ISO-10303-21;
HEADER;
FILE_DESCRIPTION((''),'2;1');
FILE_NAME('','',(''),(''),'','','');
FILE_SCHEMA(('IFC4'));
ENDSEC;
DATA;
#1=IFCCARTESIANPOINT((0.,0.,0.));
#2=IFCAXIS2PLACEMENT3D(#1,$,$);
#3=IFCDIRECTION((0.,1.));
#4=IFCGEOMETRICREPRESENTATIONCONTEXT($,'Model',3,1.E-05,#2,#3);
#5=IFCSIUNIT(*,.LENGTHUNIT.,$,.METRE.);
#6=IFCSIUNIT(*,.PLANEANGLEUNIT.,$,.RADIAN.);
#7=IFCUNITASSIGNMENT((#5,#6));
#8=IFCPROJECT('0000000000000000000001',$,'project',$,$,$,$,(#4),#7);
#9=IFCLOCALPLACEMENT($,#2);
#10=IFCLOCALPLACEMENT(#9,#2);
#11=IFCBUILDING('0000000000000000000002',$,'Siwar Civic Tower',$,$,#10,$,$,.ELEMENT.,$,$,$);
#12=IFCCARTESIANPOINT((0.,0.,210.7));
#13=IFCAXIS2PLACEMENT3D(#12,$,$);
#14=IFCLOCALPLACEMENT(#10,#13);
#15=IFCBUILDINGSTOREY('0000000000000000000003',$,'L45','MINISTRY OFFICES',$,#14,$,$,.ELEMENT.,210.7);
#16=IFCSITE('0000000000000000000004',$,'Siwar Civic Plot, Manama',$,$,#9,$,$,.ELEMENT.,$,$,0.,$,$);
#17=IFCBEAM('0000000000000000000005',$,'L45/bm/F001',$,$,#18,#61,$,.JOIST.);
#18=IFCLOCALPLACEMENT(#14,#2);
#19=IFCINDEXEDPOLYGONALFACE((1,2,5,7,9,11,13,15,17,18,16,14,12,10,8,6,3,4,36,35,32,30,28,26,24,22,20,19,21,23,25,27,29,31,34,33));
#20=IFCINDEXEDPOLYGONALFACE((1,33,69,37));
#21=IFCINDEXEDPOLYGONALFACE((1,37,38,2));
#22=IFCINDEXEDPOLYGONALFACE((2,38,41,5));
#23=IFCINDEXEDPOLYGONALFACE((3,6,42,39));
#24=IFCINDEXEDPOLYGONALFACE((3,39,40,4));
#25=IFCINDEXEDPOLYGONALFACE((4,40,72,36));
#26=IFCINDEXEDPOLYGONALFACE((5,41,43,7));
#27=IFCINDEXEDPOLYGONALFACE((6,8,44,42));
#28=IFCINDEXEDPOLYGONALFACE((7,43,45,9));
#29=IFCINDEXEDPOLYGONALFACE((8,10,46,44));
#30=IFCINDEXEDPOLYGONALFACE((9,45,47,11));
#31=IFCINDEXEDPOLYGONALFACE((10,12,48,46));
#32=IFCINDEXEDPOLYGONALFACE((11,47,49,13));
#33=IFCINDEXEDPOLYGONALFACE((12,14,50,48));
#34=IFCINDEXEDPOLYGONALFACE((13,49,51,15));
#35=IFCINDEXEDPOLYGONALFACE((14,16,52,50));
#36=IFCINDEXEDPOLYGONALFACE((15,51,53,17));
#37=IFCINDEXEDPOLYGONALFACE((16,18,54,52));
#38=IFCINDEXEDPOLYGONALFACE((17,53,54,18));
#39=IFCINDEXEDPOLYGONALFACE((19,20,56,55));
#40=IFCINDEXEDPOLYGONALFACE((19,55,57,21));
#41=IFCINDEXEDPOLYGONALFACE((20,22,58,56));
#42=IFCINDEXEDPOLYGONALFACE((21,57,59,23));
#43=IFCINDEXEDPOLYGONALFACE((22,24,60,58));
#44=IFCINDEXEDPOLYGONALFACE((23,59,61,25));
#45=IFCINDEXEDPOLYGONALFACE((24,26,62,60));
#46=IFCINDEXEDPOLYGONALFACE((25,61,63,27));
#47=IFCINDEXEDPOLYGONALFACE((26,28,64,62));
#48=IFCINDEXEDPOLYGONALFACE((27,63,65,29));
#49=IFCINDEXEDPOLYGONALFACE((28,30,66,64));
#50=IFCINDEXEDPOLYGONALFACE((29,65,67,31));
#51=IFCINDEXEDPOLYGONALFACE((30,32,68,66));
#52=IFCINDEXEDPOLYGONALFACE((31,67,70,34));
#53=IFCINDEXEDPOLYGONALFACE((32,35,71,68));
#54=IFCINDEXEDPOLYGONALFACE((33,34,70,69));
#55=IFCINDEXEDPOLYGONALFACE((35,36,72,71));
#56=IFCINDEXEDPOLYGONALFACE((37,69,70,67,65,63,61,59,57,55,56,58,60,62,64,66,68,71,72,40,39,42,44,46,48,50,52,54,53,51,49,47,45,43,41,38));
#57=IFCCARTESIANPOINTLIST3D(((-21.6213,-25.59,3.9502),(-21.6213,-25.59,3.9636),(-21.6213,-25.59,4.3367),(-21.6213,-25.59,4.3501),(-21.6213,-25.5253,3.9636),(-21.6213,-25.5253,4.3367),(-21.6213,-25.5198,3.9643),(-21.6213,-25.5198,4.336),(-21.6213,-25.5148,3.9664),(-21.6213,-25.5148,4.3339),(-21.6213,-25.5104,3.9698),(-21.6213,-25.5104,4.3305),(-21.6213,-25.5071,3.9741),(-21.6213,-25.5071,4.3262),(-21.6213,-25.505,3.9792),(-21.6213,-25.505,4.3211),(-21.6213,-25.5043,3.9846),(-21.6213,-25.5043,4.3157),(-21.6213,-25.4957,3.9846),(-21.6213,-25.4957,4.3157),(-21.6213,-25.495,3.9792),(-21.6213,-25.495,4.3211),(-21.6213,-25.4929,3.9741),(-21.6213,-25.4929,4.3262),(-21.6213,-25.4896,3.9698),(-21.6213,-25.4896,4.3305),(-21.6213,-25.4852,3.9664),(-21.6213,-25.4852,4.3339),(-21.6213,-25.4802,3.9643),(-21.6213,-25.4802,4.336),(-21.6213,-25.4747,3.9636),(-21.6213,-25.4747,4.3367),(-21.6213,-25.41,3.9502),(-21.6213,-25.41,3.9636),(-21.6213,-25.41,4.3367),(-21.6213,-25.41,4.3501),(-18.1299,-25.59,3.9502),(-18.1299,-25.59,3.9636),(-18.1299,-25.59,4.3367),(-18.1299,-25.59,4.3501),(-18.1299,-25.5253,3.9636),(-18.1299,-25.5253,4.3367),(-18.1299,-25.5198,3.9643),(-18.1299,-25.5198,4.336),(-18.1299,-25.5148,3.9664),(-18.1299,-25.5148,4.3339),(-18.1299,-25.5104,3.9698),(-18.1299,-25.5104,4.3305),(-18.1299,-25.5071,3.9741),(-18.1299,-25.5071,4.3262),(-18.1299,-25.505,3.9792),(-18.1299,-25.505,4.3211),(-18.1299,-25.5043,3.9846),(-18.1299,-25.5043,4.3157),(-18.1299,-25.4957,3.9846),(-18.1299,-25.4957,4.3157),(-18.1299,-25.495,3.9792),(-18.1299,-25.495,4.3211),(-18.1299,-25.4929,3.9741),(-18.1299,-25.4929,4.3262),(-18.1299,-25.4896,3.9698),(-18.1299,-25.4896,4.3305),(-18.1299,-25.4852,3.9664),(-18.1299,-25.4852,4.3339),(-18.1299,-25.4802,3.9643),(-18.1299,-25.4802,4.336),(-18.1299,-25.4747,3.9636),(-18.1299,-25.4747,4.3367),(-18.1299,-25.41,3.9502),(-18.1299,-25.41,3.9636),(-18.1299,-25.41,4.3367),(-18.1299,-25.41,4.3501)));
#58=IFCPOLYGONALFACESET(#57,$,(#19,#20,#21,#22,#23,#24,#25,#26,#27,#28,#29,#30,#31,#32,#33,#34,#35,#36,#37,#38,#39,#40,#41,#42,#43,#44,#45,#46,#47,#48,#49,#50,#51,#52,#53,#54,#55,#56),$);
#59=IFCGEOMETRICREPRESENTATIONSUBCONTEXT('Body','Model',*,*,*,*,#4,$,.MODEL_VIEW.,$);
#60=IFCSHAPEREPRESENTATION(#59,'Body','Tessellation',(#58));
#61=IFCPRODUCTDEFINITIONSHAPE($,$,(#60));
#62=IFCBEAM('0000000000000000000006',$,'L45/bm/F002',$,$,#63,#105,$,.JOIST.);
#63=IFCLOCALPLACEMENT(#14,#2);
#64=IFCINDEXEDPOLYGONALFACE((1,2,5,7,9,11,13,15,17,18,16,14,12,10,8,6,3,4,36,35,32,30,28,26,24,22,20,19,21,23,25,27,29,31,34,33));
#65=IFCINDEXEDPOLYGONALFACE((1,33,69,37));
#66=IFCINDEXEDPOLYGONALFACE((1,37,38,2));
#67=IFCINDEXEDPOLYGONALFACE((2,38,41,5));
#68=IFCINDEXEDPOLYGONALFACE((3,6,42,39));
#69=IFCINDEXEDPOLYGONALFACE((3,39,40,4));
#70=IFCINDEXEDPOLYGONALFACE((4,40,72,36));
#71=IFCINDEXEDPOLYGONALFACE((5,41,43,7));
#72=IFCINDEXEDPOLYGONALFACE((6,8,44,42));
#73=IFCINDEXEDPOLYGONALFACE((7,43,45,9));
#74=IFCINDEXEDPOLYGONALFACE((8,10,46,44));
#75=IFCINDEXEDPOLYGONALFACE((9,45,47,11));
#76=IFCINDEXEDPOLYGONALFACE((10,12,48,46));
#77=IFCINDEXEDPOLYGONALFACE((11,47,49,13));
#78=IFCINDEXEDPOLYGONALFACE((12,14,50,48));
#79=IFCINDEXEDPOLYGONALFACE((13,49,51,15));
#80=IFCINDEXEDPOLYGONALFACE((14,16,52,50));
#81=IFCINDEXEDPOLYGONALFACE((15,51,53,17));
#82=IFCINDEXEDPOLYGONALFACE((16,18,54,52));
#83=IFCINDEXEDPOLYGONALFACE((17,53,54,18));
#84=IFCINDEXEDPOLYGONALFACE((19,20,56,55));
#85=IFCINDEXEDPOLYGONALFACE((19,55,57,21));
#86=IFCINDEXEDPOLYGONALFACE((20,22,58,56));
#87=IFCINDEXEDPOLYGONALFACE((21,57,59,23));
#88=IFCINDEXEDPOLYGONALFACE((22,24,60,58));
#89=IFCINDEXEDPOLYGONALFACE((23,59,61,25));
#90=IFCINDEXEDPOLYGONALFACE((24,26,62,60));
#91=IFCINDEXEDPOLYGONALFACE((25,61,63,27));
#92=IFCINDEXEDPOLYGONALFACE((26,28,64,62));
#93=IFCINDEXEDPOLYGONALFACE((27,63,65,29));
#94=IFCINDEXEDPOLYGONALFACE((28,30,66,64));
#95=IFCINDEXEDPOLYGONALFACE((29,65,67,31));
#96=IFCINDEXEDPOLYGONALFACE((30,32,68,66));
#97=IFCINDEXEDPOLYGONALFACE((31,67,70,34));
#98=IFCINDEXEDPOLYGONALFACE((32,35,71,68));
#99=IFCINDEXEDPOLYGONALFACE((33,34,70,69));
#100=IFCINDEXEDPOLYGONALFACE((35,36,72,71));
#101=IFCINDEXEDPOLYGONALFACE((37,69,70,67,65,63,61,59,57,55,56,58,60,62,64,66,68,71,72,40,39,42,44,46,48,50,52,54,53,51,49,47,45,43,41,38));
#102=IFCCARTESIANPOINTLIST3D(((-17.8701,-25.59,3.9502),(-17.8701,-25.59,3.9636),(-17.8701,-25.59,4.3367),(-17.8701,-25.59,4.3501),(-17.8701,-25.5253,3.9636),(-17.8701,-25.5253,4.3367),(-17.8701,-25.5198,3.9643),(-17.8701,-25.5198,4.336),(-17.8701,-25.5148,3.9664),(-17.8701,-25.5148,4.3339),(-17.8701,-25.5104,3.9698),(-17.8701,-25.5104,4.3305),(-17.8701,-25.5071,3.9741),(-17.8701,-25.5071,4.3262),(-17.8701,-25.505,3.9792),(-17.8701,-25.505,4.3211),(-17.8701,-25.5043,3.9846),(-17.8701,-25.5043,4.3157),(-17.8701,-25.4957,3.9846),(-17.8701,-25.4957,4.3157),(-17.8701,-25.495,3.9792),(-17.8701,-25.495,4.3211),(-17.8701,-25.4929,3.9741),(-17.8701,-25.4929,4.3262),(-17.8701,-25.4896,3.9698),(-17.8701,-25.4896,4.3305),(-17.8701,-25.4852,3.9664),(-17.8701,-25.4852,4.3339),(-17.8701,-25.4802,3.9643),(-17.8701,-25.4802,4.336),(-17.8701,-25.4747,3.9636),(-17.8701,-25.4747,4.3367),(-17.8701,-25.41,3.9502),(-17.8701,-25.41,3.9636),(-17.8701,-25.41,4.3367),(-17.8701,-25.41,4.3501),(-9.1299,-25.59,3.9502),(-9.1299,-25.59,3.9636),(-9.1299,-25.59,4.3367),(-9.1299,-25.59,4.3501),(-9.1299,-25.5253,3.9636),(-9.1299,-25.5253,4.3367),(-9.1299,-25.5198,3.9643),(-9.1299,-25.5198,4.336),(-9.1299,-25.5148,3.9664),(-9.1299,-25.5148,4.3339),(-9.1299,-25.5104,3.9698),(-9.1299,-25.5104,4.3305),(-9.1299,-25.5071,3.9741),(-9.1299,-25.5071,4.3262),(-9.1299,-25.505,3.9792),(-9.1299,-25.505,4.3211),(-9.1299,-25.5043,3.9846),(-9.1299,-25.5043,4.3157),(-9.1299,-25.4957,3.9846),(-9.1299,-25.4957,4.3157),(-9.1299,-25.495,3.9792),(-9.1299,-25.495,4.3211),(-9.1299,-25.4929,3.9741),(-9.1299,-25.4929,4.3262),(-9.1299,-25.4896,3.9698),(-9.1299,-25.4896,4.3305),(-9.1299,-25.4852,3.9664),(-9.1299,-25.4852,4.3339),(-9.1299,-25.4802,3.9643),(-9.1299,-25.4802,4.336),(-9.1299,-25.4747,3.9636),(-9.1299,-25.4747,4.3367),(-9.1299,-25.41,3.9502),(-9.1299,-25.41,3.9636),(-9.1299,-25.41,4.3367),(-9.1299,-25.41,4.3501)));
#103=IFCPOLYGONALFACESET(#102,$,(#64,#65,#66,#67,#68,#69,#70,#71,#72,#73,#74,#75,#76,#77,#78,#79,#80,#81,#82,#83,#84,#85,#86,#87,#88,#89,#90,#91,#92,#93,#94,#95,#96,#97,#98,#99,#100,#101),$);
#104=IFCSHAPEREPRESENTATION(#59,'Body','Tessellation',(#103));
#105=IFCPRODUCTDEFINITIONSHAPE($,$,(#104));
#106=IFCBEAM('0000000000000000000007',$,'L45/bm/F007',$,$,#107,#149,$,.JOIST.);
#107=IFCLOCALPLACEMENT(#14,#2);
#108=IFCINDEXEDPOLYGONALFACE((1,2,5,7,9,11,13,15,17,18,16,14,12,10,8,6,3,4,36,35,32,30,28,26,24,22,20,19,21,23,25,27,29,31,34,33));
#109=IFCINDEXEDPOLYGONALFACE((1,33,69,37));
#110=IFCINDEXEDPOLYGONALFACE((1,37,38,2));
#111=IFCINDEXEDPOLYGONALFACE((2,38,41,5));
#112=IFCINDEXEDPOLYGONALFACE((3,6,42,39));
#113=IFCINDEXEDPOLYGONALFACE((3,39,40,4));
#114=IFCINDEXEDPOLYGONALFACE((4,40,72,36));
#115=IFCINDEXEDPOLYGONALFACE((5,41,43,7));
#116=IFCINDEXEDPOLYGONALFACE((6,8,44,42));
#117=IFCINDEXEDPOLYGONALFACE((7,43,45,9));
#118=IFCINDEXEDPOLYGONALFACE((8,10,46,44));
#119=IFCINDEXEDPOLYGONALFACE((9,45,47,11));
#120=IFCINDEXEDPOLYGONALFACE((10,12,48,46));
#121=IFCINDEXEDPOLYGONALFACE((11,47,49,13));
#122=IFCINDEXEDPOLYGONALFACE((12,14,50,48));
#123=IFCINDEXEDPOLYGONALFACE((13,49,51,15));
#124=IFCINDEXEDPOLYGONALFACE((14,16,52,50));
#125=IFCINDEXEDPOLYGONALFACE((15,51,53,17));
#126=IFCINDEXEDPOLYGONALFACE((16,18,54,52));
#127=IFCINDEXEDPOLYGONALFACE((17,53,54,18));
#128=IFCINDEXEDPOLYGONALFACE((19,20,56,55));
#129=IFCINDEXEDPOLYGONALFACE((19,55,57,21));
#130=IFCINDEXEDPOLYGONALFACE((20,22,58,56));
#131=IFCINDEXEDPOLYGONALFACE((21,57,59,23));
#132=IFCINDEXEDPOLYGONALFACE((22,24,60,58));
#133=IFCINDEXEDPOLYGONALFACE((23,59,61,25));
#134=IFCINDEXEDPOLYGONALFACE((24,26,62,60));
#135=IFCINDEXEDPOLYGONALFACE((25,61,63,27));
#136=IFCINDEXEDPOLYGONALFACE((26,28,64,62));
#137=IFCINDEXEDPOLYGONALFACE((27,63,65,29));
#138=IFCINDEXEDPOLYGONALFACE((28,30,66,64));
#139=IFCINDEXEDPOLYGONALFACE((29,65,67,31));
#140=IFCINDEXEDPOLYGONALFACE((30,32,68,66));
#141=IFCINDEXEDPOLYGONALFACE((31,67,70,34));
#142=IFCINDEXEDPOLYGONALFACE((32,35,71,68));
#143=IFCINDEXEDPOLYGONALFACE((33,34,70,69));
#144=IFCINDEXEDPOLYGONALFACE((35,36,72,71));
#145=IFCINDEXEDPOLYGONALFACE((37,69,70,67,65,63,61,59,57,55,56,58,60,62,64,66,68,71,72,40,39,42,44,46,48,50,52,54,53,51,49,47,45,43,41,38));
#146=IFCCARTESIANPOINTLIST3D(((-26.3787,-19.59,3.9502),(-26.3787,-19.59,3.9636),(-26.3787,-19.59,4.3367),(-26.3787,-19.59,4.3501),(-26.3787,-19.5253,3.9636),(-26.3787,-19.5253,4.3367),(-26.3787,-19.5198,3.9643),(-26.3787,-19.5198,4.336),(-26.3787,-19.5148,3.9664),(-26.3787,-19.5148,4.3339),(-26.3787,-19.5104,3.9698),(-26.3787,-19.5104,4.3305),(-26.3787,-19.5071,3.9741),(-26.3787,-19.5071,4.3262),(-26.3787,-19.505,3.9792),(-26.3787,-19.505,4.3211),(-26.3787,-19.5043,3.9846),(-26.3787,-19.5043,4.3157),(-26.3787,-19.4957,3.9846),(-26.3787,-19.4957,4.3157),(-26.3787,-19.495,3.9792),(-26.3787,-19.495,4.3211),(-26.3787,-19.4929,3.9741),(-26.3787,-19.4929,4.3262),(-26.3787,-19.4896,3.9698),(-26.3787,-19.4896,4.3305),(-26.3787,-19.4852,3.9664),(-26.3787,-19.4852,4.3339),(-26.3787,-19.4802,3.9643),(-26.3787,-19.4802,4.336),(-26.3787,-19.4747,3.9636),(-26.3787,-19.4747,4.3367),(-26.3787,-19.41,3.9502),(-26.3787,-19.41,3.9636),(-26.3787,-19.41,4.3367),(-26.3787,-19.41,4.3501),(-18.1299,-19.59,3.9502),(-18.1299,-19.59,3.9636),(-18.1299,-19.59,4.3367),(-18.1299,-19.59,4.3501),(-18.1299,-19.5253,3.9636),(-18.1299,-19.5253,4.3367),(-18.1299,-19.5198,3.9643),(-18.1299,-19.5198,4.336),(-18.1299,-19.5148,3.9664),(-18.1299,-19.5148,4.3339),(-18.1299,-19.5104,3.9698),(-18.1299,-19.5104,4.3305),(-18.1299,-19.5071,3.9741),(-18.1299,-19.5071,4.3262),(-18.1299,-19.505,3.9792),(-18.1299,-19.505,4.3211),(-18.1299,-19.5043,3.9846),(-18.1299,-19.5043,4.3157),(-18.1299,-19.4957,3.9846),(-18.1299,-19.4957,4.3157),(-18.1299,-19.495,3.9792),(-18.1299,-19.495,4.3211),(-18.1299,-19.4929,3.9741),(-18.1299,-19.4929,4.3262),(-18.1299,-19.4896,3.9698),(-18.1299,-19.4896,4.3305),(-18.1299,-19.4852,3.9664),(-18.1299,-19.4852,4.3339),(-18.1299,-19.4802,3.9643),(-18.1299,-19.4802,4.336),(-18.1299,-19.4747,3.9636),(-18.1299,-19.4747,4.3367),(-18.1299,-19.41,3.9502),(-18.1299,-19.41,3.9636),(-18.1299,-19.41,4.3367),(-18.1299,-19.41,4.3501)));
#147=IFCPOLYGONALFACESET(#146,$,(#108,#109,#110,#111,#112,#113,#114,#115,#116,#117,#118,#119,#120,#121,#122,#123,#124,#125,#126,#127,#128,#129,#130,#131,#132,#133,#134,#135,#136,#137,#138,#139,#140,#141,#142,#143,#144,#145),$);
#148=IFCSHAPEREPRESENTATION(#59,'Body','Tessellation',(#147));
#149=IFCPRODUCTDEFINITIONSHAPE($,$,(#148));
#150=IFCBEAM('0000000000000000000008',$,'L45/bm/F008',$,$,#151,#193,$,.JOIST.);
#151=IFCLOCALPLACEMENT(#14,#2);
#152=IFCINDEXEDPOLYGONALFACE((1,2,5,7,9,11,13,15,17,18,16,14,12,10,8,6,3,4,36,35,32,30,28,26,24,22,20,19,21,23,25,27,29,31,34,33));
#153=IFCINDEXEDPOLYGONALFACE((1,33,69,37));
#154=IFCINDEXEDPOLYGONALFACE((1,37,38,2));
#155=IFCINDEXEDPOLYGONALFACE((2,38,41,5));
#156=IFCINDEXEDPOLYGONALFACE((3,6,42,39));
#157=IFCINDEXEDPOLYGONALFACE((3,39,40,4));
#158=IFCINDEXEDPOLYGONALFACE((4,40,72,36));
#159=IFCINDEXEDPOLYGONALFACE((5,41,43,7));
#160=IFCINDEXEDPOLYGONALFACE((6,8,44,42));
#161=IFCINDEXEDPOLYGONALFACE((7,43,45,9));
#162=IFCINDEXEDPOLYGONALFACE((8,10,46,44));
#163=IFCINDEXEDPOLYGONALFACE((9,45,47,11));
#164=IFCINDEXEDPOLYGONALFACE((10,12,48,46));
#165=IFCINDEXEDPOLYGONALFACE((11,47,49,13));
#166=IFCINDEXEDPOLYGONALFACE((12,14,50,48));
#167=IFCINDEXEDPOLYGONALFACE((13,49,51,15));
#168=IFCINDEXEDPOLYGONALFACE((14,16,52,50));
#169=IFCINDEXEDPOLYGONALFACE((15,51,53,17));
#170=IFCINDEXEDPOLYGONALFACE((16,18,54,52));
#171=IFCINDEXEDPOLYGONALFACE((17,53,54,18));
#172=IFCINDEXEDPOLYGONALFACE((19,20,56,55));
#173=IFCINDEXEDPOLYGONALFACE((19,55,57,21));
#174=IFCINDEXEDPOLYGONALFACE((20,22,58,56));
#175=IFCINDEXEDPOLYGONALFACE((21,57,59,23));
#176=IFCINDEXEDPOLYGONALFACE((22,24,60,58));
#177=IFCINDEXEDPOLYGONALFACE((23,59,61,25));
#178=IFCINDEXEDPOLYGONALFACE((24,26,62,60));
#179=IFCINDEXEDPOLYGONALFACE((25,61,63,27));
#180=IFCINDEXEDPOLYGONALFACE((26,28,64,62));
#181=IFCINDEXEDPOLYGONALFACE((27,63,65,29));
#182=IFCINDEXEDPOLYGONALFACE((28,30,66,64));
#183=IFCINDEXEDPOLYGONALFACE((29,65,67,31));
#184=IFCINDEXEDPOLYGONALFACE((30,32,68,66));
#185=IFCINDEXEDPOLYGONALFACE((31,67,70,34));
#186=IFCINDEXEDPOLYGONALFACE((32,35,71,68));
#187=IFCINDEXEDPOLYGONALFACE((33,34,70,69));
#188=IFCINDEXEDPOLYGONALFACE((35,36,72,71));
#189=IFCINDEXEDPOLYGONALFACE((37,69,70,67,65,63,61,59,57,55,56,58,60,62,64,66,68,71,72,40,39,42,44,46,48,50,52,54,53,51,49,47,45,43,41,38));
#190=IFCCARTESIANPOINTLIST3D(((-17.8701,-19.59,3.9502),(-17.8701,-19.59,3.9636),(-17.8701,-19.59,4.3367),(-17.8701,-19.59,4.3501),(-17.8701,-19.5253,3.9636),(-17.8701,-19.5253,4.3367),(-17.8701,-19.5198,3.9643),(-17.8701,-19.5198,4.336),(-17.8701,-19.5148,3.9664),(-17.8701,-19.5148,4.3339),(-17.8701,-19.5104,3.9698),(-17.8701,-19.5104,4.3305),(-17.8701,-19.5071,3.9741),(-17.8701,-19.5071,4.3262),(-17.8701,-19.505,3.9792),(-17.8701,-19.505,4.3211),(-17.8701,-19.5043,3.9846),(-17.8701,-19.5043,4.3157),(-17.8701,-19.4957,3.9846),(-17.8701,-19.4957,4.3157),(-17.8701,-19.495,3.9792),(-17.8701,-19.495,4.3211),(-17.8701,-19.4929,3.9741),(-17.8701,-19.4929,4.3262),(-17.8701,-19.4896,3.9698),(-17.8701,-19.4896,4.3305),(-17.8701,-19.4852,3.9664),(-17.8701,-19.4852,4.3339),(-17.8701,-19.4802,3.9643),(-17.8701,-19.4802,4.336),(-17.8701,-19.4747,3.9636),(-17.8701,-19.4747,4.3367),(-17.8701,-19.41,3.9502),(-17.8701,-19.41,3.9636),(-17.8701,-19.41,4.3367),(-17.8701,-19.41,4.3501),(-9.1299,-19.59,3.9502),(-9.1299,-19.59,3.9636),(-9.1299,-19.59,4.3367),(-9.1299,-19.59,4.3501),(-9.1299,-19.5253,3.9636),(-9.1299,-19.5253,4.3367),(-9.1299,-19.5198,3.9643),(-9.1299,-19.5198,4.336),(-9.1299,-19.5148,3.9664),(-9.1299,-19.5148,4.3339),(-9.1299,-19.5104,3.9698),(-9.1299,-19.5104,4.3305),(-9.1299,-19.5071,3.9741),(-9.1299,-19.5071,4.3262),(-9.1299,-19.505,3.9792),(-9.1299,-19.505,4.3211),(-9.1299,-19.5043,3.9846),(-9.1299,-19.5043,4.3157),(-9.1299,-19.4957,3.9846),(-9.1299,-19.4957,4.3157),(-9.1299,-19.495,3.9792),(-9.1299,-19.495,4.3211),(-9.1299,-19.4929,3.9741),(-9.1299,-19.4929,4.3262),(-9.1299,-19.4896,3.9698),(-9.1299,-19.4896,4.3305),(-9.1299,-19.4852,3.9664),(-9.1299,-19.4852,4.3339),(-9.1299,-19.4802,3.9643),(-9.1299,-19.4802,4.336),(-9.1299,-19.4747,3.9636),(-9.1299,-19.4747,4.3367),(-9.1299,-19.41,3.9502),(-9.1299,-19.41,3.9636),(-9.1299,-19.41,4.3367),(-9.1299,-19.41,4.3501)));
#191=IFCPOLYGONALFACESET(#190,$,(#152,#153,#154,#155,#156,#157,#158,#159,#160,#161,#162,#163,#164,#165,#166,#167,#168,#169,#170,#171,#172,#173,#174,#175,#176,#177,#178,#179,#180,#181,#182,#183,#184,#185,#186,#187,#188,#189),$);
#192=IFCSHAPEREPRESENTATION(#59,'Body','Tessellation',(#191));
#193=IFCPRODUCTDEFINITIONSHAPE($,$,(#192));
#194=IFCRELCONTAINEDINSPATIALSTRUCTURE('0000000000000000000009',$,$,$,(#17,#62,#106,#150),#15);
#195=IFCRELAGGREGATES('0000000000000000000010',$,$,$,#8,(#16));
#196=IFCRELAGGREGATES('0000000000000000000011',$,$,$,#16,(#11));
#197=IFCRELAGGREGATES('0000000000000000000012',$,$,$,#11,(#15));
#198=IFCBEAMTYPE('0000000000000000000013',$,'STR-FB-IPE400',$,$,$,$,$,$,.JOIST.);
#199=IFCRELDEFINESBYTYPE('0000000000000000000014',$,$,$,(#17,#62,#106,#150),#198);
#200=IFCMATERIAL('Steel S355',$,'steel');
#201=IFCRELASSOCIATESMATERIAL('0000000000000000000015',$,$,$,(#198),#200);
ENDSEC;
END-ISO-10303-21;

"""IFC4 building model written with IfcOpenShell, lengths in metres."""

from ifc_helpers import new_model, si_unit, direction, frame, origin, origin_2d, place, context, subcontext, project, spatial, i_section, extrude, material, material_profile, profile_set, type_object, element, save


model = new_model("IFC4")

# Units and contexts
model_context = context("Model", 3, precision=1e-05, world=origin(), true_north=direction((0.0, 1.0)))
body_context = subcontext(model_context, "Body", "Model", "MODEL_VIEW")
ifc_project = project(units=[si_unit("LENGTHUNIT", "METRE"), si_unit("PLANEANGLEUNIT", "RADIAN")], contexts=[model_context])

# Site, building, storey
site_placement = place(None, origin())
site = spatial("IfcSite", under=ifc_project, at=site_placement, Name="Siwar Civic Plot, Manama", CompositionType="ELEMENT", RefElevation=0.0)
building_placement = place(site_placement, origin())
building = spatial("IfcBuilding", under=site, at=building_placement, Name="Siwar Civic Tower", CompositionType="ELEMENT")
storey_placement = place(building_placement, frame((0.0, 0.0, 210.7)))
storey = spatial("IfcBuildingStorey", under=building, at=storey_placement, Name="L45", Description="MINISTRY OFFICES", CompositionType="ELEMENT", Elevation=210.7)

# Beams
ifc_material_1 = material(Name="Steel S355", Category="steel")
ifc_material_profile_1 = material_profile(ifc_material_1, i_section(OverallWidth=0.1799, OverallDepth=0.3999, WebThickness=0.0085, FlangeThickness=0.0134, FilletRadius=0.021, at=origin_2d()), Name="IPE400")
ifc_profile_set_1 = profile_set([ifc_material_profile_1], Name="Steel S355")
beam_type_1 = type_object("IfcBeamType", Name="STR-FB-IPE400", PredefinedType="JOIST", material=ifc_profile_set_1)
beam_1_placement = place(storey_placement, frame((-21.6213, -25.5, 4.1501), z_axis=(1.0, 0.0, 0.0), x_axis=(0.0, 1.0, 0.0)))
element("IfcBeam", 1, at=beam_1_placement, inside=storey, type_object=beam_type_1, Name="L45/bm/F001", PredefinedType="JOIST", context=body_context, shape_type="SweptSolid", body=[
    extrude(i_section(OverallWidth=0.1799, OverallDepth=0.3999, WebThickness=0.0085, FlangeThickness=0.0134, FilletRadius=0.021, at=origin_2d()), origin(), (0.0, 0.0, 1.0), 3.4915),
])
beam_2_placement = place(storey_placement, frame((-17.8701, -25.5, 4.1501), z_axis=(1.0, 0.0, 0.0), x_axis=(0.0, 1.0, 0.0)))
element("IfcBeam", 2, at=beam_2_placement, inside=storey, type_object=beam_type_1, Name="L45/bm/F002", PredefinedType="JOIST", context=body_context, shape_type="SweptSolid", body=[
    extrude(i_section(OverallWidth=0.1799, OverallDepth=0.3999, WebThickness=0.0085, FlangeThickness=0.0134, FilletRadius=0.021, at=origin_2d()), origin(), (0.0, 0.0, 1.0), 8.7402),
])
beam_3_placement = place(storey_placement, frame((-26.3787, -19.5, 4.1501), z_axis=(1.0, 0.0, 0.0), x_axis=(0.0, 1.0, 0.0)))
element("IfcBeam", 3, at=beam_3_placement, inside=storey, type_object=beam_type_1, Name="L45/bm/F007", PredefinedType="JOIST", context=body_context, shape_type="SweptSolid", body=[
    extrude(i_section(OverallWidth=0.1799, OverallDepth=0.3999, WebThickness=0.0085, FlangeThickness=0.0134, FilletRadius=0.021, at=origin_2d()), origin(), (0.0, 0.0, 1.0), 8.2488),
])
beam_4_placement = place(storey_placement, frame((-17.8701, -19.5, 4.1501), z_axis=(1.0, 0.0, 0.0), x_axis=(0.0, 1.0, 0.0)))
element("IfcBeam", 4, at=beam_4_placement, inside=storey, type_object=beam_type_1, Name="L45/bm/F008", PredefinedType="JOIST", context=body_context, shape_type="SweptSolid", body=[
    extrude(i_section(OverallWidth=0.1799, OverallDepth=0.3999, WebThickness=0.0085, FlangeThickness=0.0134, FilletRadius=0.021, at=origin_2d()), origin(), (0.0, 0.0, 1.0), 8.7402),
])

save(model, "model.ifc")
